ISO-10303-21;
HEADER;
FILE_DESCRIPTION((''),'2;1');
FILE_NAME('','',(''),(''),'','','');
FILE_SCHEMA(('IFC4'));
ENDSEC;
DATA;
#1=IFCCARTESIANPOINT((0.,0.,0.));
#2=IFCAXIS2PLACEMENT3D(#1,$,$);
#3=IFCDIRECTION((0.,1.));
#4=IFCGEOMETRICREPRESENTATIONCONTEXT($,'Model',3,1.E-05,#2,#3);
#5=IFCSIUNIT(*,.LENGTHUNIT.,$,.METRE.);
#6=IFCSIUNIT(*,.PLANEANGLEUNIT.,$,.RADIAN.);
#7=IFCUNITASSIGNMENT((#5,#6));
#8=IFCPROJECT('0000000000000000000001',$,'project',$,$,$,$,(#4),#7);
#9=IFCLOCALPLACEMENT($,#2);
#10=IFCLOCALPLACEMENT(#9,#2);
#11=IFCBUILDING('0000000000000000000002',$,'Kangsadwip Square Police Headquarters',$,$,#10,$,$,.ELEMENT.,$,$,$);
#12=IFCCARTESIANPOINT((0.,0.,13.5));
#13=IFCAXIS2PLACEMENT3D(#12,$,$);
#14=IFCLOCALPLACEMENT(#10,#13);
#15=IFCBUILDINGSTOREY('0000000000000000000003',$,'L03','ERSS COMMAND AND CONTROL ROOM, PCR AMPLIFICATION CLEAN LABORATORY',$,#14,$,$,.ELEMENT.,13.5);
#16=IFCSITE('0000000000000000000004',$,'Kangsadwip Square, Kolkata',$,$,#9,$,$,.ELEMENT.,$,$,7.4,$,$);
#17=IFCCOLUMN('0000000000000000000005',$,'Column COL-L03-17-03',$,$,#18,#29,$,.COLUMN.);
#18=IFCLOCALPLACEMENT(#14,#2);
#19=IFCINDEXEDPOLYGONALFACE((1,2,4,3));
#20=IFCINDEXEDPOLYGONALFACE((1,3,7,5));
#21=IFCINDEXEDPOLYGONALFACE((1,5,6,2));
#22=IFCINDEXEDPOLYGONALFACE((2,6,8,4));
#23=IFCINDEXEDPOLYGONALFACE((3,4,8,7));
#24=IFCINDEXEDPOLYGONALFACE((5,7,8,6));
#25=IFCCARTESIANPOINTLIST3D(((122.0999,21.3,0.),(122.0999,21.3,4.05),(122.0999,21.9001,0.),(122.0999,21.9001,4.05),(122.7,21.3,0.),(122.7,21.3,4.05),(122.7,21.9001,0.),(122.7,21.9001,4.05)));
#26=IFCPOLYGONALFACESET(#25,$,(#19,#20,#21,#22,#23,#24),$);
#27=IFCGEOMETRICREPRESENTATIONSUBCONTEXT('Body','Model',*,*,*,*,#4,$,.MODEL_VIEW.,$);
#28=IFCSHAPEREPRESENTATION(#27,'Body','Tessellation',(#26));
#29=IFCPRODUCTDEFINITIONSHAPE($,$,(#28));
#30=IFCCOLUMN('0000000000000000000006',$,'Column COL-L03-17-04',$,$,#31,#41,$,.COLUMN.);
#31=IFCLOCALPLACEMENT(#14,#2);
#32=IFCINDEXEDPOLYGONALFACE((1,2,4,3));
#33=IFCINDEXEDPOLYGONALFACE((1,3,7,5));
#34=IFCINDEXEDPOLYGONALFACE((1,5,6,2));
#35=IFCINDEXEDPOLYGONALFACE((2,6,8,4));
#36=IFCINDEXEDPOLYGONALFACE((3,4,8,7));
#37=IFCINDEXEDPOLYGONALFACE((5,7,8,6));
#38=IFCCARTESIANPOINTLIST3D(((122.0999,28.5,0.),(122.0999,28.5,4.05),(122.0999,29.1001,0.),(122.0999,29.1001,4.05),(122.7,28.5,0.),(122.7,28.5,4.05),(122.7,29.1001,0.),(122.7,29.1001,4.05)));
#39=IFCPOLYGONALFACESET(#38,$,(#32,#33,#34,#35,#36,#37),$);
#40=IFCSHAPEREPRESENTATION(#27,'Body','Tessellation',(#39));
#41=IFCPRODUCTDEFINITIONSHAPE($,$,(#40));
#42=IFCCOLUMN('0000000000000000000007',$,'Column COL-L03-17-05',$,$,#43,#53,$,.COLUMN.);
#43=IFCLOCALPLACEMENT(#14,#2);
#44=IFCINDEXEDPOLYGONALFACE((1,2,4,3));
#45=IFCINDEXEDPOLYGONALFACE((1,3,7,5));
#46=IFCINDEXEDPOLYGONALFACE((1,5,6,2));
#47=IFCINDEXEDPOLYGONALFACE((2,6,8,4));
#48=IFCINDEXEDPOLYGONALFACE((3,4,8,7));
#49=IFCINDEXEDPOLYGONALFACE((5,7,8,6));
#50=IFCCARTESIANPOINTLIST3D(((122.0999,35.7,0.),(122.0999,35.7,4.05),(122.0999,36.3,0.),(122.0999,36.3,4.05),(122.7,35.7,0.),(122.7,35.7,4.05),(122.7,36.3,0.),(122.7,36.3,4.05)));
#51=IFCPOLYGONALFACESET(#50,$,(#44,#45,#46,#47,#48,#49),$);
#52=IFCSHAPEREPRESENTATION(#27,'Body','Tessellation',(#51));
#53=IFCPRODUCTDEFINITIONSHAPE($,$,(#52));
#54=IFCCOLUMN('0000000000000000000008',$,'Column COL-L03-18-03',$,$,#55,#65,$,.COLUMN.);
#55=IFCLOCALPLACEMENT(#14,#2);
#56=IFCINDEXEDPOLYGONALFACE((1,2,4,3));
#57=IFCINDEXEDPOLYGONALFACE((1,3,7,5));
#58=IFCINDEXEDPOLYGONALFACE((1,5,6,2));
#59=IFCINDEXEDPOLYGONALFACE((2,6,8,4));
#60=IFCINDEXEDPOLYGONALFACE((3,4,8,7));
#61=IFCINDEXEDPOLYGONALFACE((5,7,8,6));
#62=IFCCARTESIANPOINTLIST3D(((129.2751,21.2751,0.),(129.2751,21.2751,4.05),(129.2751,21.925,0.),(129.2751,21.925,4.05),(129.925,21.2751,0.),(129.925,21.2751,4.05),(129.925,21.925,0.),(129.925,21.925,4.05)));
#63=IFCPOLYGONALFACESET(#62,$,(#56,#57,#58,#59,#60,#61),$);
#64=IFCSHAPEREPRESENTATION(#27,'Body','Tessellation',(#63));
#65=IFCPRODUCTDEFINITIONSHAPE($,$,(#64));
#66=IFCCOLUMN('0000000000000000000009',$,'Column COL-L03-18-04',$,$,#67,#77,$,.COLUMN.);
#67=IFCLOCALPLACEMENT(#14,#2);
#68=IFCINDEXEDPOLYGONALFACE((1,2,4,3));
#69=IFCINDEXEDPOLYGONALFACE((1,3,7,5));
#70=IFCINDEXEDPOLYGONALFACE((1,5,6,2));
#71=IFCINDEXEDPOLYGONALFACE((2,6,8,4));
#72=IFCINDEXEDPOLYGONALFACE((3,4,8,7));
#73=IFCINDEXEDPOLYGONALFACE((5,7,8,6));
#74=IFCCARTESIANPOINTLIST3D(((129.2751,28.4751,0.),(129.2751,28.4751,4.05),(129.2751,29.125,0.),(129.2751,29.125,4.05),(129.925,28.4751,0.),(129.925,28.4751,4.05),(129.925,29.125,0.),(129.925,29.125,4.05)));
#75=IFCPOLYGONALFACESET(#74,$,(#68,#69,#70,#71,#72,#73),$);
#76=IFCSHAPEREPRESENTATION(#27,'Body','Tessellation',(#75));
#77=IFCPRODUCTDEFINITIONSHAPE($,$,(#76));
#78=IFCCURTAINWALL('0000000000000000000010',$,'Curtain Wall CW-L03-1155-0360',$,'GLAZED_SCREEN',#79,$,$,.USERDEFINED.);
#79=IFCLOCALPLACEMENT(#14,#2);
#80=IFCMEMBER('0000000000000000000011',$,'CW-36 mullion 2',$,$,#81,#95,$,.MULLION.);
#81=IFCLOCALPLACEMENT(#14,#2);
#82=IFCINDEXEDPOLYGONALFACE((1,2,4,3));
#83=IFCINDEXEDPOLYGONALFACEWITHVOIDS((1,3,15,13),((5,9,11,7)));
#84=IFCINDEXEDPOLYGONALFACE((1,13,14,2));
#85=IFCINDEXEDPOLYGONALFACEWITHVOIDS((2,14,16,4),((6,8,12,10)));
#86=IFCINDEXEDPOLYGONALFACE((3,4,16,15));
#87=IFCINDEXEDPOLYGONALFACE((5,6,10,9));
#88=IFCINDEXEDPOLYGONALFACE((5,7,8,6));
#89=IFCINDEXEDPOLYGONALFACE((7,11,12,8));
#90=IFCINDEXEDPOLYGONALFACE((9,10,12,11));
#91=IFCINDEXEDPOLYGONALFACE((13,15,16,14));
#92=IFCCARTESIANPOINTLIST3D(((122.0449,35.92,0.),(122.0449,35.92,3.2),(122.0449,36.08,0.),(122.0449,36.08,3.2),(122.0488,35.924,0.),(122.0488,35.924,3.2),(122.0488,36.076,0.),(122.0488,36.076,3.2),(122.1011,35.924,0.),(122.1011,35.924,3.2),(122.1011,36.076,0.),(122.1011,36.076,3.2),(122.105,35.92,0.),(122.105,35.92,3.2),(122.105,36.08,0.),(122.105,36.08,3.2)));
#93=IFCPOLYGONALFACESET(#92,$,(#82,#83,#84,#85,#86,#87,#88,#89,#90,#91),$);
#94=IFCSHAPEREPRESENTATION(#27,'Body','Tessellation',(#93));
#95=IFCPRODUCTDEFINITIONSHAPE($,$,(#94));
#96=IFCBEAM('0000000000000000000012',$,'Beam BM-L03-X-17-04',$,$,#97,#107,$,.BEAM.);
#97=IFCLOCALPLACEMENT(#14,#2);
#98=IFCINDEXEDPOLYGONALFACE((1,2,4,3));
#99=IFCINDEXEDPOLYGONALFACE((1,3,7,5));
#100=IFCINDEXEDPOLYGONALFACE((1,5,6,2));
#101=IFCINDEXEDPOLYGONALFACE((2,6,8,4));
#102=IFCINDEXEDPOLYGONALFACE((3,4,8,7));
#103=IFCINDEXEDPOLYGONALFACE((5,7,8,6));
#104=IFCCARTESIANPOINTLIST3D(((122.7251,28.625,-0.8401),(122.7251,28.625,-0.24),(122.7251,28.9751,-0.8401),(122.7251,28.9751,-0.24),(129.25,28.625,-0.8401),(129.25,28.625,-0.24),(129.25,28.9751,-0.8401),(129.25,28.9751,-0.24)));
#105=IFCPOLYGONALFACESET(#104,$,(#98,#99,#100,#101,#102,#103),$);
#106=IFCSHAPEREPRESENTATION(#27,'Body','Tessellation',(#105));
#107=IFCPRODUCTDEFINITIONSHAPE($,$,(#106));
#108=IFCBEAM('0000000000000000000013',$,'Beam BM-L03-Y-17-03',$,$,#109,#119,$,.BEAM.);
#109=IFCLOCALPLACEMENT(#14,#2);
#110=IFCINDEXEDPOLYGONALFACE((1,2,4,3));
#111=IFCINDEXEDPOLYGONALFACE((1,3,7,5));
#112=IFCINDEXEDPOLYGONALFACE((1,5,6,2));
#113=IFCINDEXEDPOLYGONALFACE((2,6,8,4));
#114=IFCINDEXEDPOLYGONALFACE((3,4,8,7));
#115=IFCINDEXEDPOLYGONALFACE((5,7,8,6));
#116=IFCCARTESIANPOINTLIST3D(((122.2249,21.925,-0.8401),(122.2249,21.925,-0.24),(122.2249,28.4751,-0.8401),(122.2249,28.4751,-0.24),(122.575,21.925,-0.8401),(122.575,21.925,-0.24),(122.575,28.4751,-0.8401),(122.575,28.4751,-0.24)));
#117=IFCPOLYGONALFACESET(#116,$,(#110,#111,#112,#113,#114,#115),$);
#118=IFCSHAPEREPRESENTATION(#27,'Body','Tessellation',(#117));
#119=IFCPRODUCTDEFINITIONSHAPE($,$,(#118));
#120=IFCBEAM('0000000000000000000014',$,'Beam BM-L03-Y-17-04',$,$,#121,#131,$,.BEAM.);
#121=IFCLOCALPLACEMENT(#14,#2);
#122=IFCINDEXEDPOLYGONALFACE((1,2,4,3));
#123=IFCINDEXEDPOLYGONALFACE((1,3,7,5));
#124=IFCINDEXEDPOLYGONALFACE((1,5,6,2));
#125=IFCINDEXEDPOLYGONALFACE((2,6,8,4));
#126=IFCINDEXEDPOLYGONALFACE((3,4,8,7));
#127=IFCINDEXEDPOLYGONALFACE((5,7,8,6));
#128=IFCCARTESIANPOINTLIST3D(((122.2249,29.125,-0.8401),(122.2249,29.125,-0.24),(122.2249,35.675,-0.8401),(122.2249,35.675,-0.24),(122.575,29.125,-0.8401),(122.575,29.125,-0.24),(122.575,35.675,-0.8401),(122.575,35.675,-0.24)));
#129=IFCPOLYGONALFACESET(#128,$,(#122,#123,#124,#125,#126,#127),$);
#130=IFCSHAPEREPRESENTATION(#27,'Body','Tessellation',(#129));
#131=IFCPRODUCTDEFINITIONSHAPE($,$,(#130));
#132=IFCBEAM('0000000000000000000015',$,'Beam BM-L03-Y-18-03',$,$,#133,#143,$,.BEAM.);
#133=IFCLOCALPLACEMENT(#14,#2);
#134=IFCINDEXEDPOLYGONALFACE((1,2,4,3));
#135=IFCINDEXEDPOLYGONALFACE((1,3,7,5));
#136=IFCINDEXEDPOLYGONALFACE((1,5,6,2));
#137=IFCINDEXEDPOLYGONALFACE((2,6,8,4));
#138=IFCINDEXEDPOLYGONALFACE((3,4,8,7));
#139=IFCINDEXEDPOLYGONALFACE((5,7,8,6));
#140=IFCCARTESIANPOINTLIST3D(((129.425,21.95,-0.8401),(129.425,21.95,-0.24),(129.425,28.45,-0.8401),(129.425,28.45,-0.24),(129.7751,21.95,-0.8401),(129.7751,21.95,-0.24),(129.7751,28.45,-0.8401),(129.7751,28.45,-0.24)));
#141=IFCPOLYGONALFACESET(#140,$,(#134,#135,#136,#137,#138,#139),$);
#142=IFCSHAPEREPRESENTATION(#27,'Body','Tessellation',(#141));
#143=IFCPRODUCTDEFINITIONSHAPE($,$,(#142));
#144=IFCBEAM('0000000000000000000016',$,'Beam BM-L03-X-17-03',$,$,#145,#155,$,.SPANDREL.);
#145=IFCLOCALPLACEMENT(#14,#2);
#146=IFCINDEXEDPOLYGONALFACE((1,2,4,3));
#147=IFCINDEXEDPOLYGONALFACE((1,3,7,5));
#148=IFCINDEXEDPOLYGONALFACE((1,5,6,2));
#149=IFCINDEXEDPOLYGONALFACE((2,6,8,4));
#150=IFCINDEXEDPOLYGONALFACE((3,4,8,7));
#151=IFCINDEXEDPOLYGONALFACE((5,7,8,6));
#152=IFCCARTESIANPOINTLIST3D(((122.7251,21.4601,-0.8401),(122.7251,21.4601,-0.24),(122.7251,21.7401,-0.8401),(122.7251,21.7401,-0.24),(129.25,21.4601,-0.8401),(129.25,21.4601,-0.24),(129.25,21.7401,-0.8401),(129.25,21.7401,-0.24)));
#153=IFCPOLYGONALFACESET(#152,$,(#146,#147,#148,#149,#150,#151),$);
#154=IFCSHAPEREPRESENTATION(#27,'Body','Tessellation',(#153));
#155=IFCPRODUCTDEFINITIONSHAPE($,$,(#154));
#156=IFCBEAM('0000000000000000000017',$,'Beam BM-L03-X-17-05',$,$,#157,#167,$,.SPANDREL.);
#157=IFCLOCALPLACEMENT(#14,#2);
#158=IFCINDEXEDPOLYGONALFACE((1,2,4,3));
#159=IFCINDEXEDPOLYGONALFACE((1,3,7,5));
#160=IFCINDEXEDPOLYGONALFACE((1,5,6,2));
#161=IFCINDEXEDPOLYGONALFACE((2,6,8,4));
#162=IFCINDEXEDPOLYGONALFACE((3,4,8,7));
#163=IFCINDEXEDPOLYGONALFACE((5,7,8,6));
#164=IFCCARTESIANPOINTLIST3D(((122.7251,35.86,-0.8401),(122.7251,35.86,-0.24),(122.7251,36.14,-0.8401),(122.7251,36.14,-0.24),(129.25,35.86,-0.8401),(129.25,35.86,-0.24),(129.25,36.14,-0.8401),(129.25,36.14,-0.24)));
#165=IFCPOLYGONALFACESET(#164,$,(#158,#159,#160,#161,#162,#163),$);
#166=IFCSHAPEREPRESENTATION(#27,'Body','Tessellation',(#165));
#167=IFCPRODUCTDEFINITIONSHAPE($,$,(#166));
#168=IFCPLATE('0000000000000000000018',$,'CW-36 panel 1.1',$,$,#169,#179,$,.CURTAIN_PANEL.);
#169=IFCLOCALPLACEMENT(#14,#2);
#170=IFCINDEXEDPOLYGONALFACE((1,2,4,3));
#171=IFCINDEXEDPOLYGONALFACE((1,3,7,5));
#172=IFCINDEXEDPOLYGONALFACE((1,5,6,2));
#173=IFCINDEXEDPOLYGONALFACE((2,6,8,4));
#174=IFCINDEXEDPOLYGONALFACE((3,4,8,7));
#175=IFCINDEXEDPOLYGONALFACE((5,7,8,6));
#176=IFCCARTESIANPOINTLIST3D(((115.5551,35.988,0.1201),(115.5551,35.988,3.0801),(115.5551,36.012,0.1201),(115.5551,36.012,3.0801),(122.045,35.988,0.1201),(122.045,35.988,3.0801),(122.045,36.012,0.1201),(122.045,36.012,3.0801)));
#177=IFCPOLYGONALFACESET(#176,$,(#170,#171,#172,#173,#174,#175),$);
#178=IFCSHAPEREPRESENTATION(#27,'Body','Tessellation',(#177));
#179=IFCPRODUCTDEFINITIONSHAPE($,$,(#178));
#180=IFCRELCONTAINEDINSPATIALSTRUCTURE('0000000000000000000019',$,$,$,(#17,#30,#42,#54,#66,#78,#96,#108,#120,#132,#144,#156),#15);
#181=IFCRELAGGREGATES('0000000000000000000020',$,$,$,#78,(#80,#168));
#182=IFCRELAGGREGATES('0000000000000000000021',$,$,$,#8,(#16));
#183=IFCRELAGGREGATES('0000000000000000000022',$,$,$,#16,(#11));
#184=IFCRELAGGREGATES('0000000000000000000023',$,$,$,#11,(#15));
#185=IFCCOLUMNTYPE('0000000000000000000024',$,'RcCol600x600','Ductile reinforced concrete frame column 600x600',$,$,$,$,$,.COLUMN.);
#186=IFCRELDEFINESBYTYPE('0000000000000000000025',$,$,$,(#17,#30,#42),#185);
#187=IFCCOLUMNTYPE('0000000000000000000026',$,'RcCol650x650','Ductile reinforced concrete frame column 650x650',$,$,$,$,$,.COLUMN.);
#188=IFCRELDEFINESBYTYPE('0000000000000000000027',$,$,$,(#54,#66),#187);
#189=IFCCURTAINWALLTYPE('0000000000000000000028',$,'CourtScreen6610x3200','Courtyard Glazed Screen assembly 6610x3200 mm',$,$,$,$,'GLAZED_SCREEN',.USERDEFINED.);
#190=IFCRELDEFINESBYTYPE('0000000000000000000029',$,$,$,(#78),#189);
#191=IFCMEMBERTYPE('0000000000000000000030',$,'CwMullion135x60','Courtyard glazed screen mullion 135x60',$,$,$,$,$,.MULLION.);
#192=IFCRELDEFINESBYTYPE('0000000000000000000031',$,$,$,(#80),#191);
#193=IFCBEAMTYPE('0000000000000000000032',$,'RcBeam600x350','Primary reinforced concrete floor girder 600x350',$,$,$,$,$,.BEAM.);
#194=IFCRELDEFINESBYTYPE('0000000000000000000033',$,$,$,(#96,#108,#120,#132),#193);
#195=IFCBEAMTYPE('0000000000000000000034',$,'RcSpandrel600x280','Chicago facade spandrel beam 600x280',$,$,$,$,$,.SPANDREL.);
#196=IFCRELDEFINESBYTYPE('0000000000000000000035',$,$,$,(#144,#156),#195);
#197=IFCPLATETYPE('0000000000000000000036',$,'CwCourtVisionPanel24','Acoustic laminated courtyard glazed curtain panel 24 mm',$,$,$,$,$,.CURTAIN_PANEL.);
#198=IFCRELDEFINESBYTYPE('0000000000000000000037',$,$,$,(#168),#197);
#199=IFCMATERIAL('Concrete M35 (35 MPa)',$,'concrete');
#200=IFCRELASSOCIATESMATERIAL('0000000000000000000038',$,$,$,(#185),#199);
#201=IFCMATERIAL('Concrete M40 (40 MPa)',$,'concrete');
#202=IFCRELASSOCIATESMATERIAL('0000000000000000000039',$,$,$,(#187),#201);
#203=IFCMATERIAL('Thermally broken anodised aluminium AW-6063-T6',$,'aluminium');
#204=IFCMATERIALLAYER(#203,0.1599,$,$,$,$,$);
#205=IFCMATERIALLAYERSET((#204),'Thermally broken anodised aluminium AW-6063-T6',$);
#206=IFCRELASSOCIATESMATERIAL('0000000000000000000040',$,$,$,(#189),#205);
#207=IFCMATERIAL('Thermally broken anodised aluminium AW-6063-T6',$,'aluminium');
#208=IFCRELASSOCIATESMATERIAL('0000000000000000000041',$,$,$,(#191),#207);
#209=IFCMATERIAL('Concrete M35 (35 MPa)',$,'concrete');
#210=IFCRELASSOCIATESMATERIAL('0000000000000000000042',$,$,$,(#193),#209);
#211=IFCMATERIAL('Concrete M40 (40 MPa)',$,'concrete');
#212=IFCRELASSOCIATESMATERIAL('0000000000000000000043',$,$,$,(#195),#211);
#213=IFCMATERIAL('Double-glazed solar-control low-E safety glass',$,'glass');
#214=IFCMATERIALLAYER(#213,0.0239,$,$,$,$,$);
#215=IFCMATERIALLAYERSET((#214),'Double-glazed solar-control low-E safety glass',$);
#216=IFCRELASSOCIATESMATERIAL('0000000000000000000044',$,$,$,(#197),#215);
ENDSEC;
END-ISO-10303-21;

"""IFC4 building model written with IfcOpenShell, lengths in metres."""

from ifc_helpers import new_model, si_unit, direction, frame, origin, origin_2d, place, context, subcontext, project, spatial, rectangle, hollow_rectangle, extrude, material, layer, layer_set, material_profile, profile_set, type_object, element, aggregate, save


model = new_model("IFC4")

# Units and contexts
model_context = context("Model", 3, precision=1e-05, world=origin(), true_north=direction((0.0, 1.0)))
body_context = subcontext(model_context, "Body", "Model", "MODEL_VIEW")
ifc_project = project(units=[si_unit("LENGTHUNIT", "METRE"), si_unit("PLANEANGLEUNIT", "RADIAN")], contexts=[model_context])

# Site, building, storey
site_placement = place(None, origin())
site = spatial("IfcSite", under=ifc_project, at=site_placement, Name="Kangsadwip Square, Kolkata", CompositionType="ELEMENT", RefElevation=7.4)
building_placement = place(site_placement, origin())
building = spatial("IfcBuilding", under=site, at=building_placement, Name="Kangsadwip Square Police Headquarters", CompositionType="ELEMENT")
storey_placement = place(building_placement, frame((0.0, 0.0, 13.5)))
storey = spatial("IfcBuildingStorey", under=building, at=storey_placement, Name="L03", Description="ERSS COMMAND AND CONTROL ROOM, PCR AMPLIFICATION CLEAN LABORATORY", CompositionType="ELEMENT", Elevation=13.5)

# Columns
ifc_material_1 = material(Name="Concrete M35 (35 MPa)", Category="concrete")
ifc_material_profile_1 = material_profile(ifc_material_1, rectangle(XDim=0.6001, YDim=0.6001, at=origin_2d()), Name="RC COL 600X600")
ifc_profile_set_1 = profile_set([ifc_material_profile_1], Name="Concrete M35 (35 MPa)")
column_type_1 = type_object("IfcColumnType", Name="RcCol600x600", Description="Ductile reinforced concrete frame column 600x600", PredefinedType="COLUMN", material=ifc_profile_set_1)
for number, where, z_axis, x_axis, name in (
    (1, (122.3999, 21.6001, 0.0), (0.0, 0.0, 1.0), (1.0, 0.0, 0.0), "Column COL-L03-17-03"),
    (2, (122.3999, 28.8, 0.0), (0.0, 0.0, 1.0), (1.0, 0.0, 0.0), "Column COL-L03-17-04"),
    (3, (122.3999, 36.0, 0.0), (0.0, 0.0, 1.0), (1.0, 0.0, 0.0), "Column COL-L03-17-05"),
):
    element("IfcColumn", number, at=place(storey_placement, frame(where, z_axis=z_axis, x_axis=x_axis)), inside=storey, type_object=column_type_1, Name=name, PredefinedType="COLUMN", context=body_context, shape_type="SweptSolid", body=[
        extrude(rectangle(XDim=0.6001, YDim=0.6001, at=origin_2d()), origin(), (0.0, 0.0, 1.0), 4.05),
    ])
ifc_material_2 = material(Name="Concrete M40 (40 MPa)", Category="concrete")
ifc_material_profile_2 = material_profile(ifc_material_2, rectangle(XDim=0.6499, YDim=0.6499, at=origin_2d()), Name="RC COL 650X650")
ifc_profile_set_2 = profile_set([ifc_material_profile_2], Name="Concrete M40 (40 MPa)")
column_type_2 = type_object("IfcColumnType", Name="RcCol650x650", Description="Ductile reinforced concrete frame column 650x650", PredefinedType="COLUMN", material=ifc_profile_set_2)
for number, where, z_axis, x_axis, name in (
    (4, (129.6001, 21.6001, 0.0), (0.0, 0.0, 1.0), (1.0, 0.0, 0.0), "Column COL-L03-18-03"),
    (5, (129.6001, 28.8, 0.0), (0.0, 0.0, 1.0), (1.0, 0.0, 0.0), "Column COL-L03-18-04"),
):
    element("IfcColumn", number, at=place(storey_placement, frame(where, z_axis=z_axis, x_axis=x_axis)), inside=storey, type_object=column_type_2, Name=name, PredefinedType="COLUMN", context=body_context, shape_type="SweptSolid", body=[
        extrude(rectangle(XDim=0.6499, YDim=0.6499, at=origin_2d()), origin(), (0.0, 0.0, 1.0), 4.05),
    ])

# Curtain wall, member
ifc_material_3 = material(Name="Thermally broken anodised aluminium AW-6063-T6", Category="aluminium")
ifc_layer_1 = layer(ifc_material_3, 0.1599)
ifc_layer_set_1 = layer_set([ifc_layer_1], Name="Thermally broken anodised aluminium AW-6063-T6")
curtain_wall_type = type_object("IfcCurtainWallType", Name="CourtScreen6610x3200", Description="Courtyard Glazed Screen assembly 6610x3200 mm", ElementType="GLAZED_SCREEN", PredefinedType="USERDEFINED", material=ifc_layer_set_1)
curtain_wall_placement = place(storey_placement, origin())
curtain_wall = element("IfcCurtainWall", 6, at=curtain_wall_placement, inside=storey, type_object=curtain_wall_type, Name="Curtain Wall CW-L03-1155-0360", ObjectType="GLAZED_SCREEN", PredefinedType="USERDEFINED")
ifc_material_4 = material(Name="Thermally broken anodised aluminium AW-6063-T6", Category="aluminium")
ifc_material_profile_3 = material_profile(ifc_material_4, hollow_rectangle(XDim=0.0601, YDim=0.1599, WallThickness=0.0039, at=origin_2d()), Name="CWM 160X60X4")
ifc_profile_set_3 = profile_set([ifc_material_profile_3], Name="Thermally broken anodised aluminium AW-6063-T6")
member_type = type_object("IfcMemberType", Name="CwMullion135x60", Description="Courtyard glazed screen mullion 135x60", PredefinedType="MULLION", material=ifc_profile_set_3)
member_placement = place(storey_placement, frame((122.075, 36.0, 0.0), z_axis=(0.0, 0.0, 1.0), x_axis=(1.0, 0.0, 0.0)))
member = element("IfcMember", 7, at=member_placement, type_object=member_type, Name="CW-36 mullion 2", PredefinedType="MULLION", context=body_context, shape_type="SweptSolid", body=[
    extrude(hollow_rectangle(XDim=0.0601, YDim=0.1599, WallThickness=0.0039, at=origin_2d()), origin(), (0.0, 0.0, 1.0), 3.2),
])

# Beams
ifc_material_5 = material(Name="Concrete M35 (35 MPa)", Category="concrete")
ifc_material_profile_4 = material_profile(ifc_material_5, rectangle(XDim=0.3501, YDim=0.6001, at=origin_2d()), Name="RC BM 600X350")
ifc_profile_set_4 = profile_set([ifc_material_profile_4], Name="Concrete M35 (35 MPa)")
beam_type_1 = type_object("IfcBeamType", Name="RcBeam600x350", Description="Primary reinforced concrete floor girder 600x350", PredefinedType="BEAM", material=ifc_profile_set_4)
beam_1_placement = place(storey_placement, frame((122.7251, 28.8, -0.54), z_axis=(1.0, 0.0, 0.0), x_axis=(0.0, 1.0, 0.0)))
element("IfcBeam", 8, at=beam_1_placement, inside=storey, type_object=beam_type_1, Name="Beam BM-L03-X-17-04", PredefinedType="BEAM", context=body_context, shape_type="SweptSolid", body=[
    extrude(rectangle(XDim=0.3501, YDim=0.6001, at=origin_2d()), origin(), (0.0, 0.0, 1.0), 6.5249),
])
for number, where, z_axis, x_axis, name in (
    (9, (122.3999, 21.925, -0.54), (0.0, 1.0, 0.0), (-1.0, 0.0, 0.0), "Beam BM-L03-Y-17-03"),
    (10, (122.3999, 29.125, -0.54), (0.0, 1.0, 0.0), (-1.0, 0.0, 0.0), "Beam BM-L03-Y-17-04"),
):
    element("IfcBeam", number, at=place(storey_placement, frame(where, z_axis=z_axis, x_axis=x_axis)), inside=storey, type_object=beam_type_1, Name=name, PredefinedType="BEAM", context=body_context, shape_type="SweptSolid", body=[
        extrude(rectangle(XDim=0.3501, YDim=0.6001, at=origin_2d()), origin(), (0.0, 0.0, 1.0), 6.55),
    ])
beam_2_placement = place(storey_placement, frame((129.6001, 21.95, -0.54), z_axis=(0.0, 1.0, 0.0), x_axis=(-1.0, 0.0, 0.0)))
element("IfcBeam", 11, at=beam_2_placement, inside=storey, type_object=beam_type_1, Name="Beam BM-L03-Y-18-03", PredefinedType="BEAM", context=body_context, shape_type="SweptSolid", body=[
    extrude(rectangle(XDim=0.3501, YDim=0.6001, at=origin_2d()), origin(), (0.0, 0.0, 1.0), 6.5),
])
ifc_material_6 = material(Name="Concrete M40 (40 MPa)", Category="concrete")
ifc_material_profile_5 = material_profile(ifc_material_6, rectangle(XDim=0.28, YDim=0.6001, at=origin_2d()), Name="RC SPN 600X280")
ifc_profile_set_5 = profile_set([ifc_material_profile_5], Name="Concrete M40 (40 MPa)")
beam_type_2 = type_object("IfcBeamType", Name="RcSpandrel600x280", Description="Chicago facade spandrel beam 600x280", PredefinedType="SPANDREL", material=ifc_profile_set_5)
for number, where, z_axis, x_axis, name in (
    (12, (122.7251, 21.6001, -0.54), (1.0, 0.0, 0.0), (0.0, 1.0, 0.0), "Beam BM-L03-X-17-03"),
    (13, (122.7251, 36.0, -0.54), (1.0, 0.0, 0.0), (0.0, 1.0, 0.0), "Beam BM-L03-X-17-05"),
):
    element("IfcBeam", number, at=place(storey_placement, frame(where, z_axis=z_axis, x_axis=x_axis)), inside=storey, type_object=beam_type_2, Name=name, PredefinedType="SPANDREL", context=body_context, shape_type="SweptSolid", body=[
        extrude(rectangle(XDim=0.28, YDim=0.6001, at=origin_2d()), origin(), (0.0, 0.0, 1.0), 6.5249),
    ])

# Plate
ifc_material_7 = material(Name="Double-glazed solar-control low-E safety glass", Category="glass")
ifc_layer_2 = layer(ifc_material_7, 0.0239)
ifc_layer_set_2 = layer_set([ifc_layer_2], Name="Double-glazed solar-control low-E safety glass")
plate_type = type_object("IfcPlateType", Name="CwCourtVisionPanel24", Description="Acoustic laminated courtyard glazed curtain panel 24 mm", PredefinedType="CURTAIN_PANEL", material=ifc_layer_set_2)
plate_placement = place(storey_placement, frame((118.8, 36.0, 0.1201), z_axis=(0.0, 0.0, 1.0), x_axis=(1.0, 0.0, 0.0)))
plate = element("IfcPlate", 14, at=plate_placement, type_object=plate_type, Name="CW-36 panel 1.1", PredefinedType="CURTAIN_PANEL", context=body_context, shape_type="SweptSolid", body=[
    extrude(rectangle(XDim=6.49, YDim=0.0239, at=origin_2d()), origin(), (0.0, 0.0, 1.0), 2.96),
])
aggregate(curtain_wall, [member, plate])

save(model, "model.ifc")
